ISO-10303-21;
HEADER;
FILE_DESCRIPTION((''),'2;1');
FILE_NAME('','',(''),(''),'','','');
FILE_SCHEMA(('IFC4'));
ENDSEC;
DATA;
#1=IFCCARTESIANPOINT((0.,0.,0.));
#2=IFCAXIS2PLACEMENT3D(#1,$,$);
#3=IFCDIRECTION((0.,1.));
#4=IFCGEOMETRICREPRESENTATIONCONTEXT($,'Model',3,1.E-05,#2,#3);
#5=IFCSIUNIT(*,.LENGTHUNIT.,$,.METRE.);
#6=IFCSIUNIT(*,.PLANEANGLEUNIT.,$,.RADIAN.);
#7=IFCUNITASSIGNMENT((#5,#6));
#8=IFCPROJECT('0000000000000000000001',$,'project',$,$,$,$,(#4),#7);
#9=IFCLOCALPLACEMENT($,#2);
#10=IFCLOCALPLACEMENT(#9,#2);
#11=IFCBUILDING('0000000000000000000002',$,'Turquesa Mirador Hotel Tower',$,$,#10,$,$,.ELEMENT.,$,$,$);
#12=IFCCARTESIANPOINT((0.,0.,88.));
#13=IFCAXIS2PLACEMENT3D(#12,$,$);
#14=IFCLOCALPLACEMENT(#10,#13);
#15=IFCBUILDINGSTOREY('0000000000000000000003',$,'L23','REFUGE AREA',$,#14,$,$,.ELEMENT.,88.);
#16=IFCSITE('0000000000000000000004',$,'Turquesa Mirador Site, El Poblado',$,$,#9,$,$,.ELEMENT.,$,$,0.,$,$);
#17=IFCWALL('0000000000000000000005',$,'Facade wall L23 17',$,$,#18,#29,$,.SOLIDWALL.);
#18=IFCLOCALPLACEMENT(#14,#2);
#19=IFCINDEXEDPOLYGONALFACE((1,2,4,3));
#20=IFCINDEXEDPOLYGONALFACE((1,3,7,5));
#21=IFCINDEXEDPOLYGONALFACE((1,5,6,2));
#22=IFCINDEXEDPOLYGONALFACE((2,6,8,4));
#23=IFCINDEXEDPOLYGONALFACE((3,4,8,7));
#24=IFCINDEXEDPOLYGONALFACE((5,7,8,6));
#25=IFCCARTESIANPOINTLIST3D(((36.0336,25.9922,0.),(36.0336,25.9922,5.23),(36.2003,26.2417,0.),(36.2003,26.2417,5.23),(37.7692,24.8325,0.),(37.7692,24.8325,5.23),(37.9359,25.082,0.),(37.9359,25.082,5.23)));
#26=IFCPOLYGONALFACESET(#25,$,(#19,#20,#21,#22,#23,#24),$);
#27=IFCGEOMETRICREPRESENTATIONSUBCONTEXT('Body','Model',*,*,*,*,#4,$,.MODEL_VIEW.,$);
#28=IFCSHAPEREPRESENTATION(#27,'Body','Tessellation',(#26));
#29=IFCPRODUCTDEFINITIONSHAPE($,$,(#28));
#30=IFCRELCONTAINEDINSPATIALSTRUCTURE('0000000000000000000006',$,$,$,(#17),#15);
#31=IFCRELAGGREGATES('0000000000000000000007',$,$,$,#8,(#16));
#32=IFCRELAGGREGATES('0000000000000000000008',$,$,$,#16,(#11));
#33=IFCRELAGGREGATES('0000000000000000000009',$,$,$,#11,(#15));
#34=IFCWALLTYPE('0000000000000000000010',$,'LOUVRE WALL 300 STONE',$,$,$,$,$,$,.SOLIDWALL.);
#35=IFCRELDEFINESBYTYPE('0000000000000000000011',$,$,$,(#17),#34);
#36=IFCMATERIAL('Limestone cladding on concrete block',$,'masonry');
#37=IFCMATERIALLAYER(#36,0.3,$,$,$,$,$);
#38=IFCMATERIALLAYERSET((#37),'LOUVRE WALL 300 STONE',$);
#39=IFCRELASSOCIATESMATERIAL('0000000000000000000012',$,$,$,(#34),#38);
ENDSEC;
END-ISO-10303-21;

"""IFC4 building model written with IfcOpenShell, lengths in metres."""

from ifc_helpers import new_model, si_unit, direction, frame, frame_2d, origin, place, context, subcontext, project, spatial, rectangle, extrude, material, layer, layer_set, type_object, element, save


model = new_model("IFC4")

# Units and contexts
model_context = context("Model", 3, precision=1e-05, world=origin(), true_north=direction((0.0, 1.0)))
body_context = subcontext(model_context, "Body", "Model", "MODEL_VIEW")
ifc_project = project(units=[si_unit("LENGTHUNIT", "METRE"), si_unit("PLANEANGLEUNIT", "RADIAN")], contexts=[model_context])

# Site, building, storey
site_placement = place(None, origin())
site = spatial("IfcSite", under=ifc_project, at=site_placement, Name="Turquesa Mirador Site, El Poblado", CompositionType="ELEMENT", RefElevation=0.0)
building_placement = place(site_placement, origin())
building = spatial("IfcBuilding", under=site, at=building_placement, Name="Turquesa Mirador Hotel Tower", CompositionType="ELEMENT")
storey_placement = place(building_placement, frame((0.0, 0.0, 88.0)))
storey = spatial("IfcBuildingStorey", under=building, at=storey_placement, Name="L23", Description="REFUGE AREA", CompositionType="ELEMENT", Elevation=88.0)

# Wall
ifc_material_1 = material(Name="Limestone cladding on concrete block", Category="masonry")
ifc_layer_1 = layer(ifc_material_1, 0.3)
ifc_layer_set_1 = layer_set([ifc_layer_1], Name="LOUVRE WALL 300 STONE")
wall_type_1 = type_object("IfcWallType", Name="LOUVRE WALL 300 STONE", PredefinedType="SOLIDWALL", material=ifc_layer_set_1)
for number, where, z_axis, x_axis, name in (
    (1, (36.1169, 26.1169, 0.0), (0.0, 0.0, 1.0), (0.831474, -0.555564, 0.0), "Facade wall L23 17"),
):
    element("IfcWall", number, at=place(storey_placement, frame(where, z_axis=z_axis, x_axis=x_axis)), inside=storey, type_object=wall_type_1, Name=name, PredefinedType="SOLIDWALL", context=body_context, shape_type="SweptSolid", body=[
        extrude(rectangle(XDim=2.0874, YDim=0.3, at=frame_2d((1.0437, 0.0))), origin(), (0.0, 0.0, 1.0), 5.23),
    ])

save(model, "model.ifc")
